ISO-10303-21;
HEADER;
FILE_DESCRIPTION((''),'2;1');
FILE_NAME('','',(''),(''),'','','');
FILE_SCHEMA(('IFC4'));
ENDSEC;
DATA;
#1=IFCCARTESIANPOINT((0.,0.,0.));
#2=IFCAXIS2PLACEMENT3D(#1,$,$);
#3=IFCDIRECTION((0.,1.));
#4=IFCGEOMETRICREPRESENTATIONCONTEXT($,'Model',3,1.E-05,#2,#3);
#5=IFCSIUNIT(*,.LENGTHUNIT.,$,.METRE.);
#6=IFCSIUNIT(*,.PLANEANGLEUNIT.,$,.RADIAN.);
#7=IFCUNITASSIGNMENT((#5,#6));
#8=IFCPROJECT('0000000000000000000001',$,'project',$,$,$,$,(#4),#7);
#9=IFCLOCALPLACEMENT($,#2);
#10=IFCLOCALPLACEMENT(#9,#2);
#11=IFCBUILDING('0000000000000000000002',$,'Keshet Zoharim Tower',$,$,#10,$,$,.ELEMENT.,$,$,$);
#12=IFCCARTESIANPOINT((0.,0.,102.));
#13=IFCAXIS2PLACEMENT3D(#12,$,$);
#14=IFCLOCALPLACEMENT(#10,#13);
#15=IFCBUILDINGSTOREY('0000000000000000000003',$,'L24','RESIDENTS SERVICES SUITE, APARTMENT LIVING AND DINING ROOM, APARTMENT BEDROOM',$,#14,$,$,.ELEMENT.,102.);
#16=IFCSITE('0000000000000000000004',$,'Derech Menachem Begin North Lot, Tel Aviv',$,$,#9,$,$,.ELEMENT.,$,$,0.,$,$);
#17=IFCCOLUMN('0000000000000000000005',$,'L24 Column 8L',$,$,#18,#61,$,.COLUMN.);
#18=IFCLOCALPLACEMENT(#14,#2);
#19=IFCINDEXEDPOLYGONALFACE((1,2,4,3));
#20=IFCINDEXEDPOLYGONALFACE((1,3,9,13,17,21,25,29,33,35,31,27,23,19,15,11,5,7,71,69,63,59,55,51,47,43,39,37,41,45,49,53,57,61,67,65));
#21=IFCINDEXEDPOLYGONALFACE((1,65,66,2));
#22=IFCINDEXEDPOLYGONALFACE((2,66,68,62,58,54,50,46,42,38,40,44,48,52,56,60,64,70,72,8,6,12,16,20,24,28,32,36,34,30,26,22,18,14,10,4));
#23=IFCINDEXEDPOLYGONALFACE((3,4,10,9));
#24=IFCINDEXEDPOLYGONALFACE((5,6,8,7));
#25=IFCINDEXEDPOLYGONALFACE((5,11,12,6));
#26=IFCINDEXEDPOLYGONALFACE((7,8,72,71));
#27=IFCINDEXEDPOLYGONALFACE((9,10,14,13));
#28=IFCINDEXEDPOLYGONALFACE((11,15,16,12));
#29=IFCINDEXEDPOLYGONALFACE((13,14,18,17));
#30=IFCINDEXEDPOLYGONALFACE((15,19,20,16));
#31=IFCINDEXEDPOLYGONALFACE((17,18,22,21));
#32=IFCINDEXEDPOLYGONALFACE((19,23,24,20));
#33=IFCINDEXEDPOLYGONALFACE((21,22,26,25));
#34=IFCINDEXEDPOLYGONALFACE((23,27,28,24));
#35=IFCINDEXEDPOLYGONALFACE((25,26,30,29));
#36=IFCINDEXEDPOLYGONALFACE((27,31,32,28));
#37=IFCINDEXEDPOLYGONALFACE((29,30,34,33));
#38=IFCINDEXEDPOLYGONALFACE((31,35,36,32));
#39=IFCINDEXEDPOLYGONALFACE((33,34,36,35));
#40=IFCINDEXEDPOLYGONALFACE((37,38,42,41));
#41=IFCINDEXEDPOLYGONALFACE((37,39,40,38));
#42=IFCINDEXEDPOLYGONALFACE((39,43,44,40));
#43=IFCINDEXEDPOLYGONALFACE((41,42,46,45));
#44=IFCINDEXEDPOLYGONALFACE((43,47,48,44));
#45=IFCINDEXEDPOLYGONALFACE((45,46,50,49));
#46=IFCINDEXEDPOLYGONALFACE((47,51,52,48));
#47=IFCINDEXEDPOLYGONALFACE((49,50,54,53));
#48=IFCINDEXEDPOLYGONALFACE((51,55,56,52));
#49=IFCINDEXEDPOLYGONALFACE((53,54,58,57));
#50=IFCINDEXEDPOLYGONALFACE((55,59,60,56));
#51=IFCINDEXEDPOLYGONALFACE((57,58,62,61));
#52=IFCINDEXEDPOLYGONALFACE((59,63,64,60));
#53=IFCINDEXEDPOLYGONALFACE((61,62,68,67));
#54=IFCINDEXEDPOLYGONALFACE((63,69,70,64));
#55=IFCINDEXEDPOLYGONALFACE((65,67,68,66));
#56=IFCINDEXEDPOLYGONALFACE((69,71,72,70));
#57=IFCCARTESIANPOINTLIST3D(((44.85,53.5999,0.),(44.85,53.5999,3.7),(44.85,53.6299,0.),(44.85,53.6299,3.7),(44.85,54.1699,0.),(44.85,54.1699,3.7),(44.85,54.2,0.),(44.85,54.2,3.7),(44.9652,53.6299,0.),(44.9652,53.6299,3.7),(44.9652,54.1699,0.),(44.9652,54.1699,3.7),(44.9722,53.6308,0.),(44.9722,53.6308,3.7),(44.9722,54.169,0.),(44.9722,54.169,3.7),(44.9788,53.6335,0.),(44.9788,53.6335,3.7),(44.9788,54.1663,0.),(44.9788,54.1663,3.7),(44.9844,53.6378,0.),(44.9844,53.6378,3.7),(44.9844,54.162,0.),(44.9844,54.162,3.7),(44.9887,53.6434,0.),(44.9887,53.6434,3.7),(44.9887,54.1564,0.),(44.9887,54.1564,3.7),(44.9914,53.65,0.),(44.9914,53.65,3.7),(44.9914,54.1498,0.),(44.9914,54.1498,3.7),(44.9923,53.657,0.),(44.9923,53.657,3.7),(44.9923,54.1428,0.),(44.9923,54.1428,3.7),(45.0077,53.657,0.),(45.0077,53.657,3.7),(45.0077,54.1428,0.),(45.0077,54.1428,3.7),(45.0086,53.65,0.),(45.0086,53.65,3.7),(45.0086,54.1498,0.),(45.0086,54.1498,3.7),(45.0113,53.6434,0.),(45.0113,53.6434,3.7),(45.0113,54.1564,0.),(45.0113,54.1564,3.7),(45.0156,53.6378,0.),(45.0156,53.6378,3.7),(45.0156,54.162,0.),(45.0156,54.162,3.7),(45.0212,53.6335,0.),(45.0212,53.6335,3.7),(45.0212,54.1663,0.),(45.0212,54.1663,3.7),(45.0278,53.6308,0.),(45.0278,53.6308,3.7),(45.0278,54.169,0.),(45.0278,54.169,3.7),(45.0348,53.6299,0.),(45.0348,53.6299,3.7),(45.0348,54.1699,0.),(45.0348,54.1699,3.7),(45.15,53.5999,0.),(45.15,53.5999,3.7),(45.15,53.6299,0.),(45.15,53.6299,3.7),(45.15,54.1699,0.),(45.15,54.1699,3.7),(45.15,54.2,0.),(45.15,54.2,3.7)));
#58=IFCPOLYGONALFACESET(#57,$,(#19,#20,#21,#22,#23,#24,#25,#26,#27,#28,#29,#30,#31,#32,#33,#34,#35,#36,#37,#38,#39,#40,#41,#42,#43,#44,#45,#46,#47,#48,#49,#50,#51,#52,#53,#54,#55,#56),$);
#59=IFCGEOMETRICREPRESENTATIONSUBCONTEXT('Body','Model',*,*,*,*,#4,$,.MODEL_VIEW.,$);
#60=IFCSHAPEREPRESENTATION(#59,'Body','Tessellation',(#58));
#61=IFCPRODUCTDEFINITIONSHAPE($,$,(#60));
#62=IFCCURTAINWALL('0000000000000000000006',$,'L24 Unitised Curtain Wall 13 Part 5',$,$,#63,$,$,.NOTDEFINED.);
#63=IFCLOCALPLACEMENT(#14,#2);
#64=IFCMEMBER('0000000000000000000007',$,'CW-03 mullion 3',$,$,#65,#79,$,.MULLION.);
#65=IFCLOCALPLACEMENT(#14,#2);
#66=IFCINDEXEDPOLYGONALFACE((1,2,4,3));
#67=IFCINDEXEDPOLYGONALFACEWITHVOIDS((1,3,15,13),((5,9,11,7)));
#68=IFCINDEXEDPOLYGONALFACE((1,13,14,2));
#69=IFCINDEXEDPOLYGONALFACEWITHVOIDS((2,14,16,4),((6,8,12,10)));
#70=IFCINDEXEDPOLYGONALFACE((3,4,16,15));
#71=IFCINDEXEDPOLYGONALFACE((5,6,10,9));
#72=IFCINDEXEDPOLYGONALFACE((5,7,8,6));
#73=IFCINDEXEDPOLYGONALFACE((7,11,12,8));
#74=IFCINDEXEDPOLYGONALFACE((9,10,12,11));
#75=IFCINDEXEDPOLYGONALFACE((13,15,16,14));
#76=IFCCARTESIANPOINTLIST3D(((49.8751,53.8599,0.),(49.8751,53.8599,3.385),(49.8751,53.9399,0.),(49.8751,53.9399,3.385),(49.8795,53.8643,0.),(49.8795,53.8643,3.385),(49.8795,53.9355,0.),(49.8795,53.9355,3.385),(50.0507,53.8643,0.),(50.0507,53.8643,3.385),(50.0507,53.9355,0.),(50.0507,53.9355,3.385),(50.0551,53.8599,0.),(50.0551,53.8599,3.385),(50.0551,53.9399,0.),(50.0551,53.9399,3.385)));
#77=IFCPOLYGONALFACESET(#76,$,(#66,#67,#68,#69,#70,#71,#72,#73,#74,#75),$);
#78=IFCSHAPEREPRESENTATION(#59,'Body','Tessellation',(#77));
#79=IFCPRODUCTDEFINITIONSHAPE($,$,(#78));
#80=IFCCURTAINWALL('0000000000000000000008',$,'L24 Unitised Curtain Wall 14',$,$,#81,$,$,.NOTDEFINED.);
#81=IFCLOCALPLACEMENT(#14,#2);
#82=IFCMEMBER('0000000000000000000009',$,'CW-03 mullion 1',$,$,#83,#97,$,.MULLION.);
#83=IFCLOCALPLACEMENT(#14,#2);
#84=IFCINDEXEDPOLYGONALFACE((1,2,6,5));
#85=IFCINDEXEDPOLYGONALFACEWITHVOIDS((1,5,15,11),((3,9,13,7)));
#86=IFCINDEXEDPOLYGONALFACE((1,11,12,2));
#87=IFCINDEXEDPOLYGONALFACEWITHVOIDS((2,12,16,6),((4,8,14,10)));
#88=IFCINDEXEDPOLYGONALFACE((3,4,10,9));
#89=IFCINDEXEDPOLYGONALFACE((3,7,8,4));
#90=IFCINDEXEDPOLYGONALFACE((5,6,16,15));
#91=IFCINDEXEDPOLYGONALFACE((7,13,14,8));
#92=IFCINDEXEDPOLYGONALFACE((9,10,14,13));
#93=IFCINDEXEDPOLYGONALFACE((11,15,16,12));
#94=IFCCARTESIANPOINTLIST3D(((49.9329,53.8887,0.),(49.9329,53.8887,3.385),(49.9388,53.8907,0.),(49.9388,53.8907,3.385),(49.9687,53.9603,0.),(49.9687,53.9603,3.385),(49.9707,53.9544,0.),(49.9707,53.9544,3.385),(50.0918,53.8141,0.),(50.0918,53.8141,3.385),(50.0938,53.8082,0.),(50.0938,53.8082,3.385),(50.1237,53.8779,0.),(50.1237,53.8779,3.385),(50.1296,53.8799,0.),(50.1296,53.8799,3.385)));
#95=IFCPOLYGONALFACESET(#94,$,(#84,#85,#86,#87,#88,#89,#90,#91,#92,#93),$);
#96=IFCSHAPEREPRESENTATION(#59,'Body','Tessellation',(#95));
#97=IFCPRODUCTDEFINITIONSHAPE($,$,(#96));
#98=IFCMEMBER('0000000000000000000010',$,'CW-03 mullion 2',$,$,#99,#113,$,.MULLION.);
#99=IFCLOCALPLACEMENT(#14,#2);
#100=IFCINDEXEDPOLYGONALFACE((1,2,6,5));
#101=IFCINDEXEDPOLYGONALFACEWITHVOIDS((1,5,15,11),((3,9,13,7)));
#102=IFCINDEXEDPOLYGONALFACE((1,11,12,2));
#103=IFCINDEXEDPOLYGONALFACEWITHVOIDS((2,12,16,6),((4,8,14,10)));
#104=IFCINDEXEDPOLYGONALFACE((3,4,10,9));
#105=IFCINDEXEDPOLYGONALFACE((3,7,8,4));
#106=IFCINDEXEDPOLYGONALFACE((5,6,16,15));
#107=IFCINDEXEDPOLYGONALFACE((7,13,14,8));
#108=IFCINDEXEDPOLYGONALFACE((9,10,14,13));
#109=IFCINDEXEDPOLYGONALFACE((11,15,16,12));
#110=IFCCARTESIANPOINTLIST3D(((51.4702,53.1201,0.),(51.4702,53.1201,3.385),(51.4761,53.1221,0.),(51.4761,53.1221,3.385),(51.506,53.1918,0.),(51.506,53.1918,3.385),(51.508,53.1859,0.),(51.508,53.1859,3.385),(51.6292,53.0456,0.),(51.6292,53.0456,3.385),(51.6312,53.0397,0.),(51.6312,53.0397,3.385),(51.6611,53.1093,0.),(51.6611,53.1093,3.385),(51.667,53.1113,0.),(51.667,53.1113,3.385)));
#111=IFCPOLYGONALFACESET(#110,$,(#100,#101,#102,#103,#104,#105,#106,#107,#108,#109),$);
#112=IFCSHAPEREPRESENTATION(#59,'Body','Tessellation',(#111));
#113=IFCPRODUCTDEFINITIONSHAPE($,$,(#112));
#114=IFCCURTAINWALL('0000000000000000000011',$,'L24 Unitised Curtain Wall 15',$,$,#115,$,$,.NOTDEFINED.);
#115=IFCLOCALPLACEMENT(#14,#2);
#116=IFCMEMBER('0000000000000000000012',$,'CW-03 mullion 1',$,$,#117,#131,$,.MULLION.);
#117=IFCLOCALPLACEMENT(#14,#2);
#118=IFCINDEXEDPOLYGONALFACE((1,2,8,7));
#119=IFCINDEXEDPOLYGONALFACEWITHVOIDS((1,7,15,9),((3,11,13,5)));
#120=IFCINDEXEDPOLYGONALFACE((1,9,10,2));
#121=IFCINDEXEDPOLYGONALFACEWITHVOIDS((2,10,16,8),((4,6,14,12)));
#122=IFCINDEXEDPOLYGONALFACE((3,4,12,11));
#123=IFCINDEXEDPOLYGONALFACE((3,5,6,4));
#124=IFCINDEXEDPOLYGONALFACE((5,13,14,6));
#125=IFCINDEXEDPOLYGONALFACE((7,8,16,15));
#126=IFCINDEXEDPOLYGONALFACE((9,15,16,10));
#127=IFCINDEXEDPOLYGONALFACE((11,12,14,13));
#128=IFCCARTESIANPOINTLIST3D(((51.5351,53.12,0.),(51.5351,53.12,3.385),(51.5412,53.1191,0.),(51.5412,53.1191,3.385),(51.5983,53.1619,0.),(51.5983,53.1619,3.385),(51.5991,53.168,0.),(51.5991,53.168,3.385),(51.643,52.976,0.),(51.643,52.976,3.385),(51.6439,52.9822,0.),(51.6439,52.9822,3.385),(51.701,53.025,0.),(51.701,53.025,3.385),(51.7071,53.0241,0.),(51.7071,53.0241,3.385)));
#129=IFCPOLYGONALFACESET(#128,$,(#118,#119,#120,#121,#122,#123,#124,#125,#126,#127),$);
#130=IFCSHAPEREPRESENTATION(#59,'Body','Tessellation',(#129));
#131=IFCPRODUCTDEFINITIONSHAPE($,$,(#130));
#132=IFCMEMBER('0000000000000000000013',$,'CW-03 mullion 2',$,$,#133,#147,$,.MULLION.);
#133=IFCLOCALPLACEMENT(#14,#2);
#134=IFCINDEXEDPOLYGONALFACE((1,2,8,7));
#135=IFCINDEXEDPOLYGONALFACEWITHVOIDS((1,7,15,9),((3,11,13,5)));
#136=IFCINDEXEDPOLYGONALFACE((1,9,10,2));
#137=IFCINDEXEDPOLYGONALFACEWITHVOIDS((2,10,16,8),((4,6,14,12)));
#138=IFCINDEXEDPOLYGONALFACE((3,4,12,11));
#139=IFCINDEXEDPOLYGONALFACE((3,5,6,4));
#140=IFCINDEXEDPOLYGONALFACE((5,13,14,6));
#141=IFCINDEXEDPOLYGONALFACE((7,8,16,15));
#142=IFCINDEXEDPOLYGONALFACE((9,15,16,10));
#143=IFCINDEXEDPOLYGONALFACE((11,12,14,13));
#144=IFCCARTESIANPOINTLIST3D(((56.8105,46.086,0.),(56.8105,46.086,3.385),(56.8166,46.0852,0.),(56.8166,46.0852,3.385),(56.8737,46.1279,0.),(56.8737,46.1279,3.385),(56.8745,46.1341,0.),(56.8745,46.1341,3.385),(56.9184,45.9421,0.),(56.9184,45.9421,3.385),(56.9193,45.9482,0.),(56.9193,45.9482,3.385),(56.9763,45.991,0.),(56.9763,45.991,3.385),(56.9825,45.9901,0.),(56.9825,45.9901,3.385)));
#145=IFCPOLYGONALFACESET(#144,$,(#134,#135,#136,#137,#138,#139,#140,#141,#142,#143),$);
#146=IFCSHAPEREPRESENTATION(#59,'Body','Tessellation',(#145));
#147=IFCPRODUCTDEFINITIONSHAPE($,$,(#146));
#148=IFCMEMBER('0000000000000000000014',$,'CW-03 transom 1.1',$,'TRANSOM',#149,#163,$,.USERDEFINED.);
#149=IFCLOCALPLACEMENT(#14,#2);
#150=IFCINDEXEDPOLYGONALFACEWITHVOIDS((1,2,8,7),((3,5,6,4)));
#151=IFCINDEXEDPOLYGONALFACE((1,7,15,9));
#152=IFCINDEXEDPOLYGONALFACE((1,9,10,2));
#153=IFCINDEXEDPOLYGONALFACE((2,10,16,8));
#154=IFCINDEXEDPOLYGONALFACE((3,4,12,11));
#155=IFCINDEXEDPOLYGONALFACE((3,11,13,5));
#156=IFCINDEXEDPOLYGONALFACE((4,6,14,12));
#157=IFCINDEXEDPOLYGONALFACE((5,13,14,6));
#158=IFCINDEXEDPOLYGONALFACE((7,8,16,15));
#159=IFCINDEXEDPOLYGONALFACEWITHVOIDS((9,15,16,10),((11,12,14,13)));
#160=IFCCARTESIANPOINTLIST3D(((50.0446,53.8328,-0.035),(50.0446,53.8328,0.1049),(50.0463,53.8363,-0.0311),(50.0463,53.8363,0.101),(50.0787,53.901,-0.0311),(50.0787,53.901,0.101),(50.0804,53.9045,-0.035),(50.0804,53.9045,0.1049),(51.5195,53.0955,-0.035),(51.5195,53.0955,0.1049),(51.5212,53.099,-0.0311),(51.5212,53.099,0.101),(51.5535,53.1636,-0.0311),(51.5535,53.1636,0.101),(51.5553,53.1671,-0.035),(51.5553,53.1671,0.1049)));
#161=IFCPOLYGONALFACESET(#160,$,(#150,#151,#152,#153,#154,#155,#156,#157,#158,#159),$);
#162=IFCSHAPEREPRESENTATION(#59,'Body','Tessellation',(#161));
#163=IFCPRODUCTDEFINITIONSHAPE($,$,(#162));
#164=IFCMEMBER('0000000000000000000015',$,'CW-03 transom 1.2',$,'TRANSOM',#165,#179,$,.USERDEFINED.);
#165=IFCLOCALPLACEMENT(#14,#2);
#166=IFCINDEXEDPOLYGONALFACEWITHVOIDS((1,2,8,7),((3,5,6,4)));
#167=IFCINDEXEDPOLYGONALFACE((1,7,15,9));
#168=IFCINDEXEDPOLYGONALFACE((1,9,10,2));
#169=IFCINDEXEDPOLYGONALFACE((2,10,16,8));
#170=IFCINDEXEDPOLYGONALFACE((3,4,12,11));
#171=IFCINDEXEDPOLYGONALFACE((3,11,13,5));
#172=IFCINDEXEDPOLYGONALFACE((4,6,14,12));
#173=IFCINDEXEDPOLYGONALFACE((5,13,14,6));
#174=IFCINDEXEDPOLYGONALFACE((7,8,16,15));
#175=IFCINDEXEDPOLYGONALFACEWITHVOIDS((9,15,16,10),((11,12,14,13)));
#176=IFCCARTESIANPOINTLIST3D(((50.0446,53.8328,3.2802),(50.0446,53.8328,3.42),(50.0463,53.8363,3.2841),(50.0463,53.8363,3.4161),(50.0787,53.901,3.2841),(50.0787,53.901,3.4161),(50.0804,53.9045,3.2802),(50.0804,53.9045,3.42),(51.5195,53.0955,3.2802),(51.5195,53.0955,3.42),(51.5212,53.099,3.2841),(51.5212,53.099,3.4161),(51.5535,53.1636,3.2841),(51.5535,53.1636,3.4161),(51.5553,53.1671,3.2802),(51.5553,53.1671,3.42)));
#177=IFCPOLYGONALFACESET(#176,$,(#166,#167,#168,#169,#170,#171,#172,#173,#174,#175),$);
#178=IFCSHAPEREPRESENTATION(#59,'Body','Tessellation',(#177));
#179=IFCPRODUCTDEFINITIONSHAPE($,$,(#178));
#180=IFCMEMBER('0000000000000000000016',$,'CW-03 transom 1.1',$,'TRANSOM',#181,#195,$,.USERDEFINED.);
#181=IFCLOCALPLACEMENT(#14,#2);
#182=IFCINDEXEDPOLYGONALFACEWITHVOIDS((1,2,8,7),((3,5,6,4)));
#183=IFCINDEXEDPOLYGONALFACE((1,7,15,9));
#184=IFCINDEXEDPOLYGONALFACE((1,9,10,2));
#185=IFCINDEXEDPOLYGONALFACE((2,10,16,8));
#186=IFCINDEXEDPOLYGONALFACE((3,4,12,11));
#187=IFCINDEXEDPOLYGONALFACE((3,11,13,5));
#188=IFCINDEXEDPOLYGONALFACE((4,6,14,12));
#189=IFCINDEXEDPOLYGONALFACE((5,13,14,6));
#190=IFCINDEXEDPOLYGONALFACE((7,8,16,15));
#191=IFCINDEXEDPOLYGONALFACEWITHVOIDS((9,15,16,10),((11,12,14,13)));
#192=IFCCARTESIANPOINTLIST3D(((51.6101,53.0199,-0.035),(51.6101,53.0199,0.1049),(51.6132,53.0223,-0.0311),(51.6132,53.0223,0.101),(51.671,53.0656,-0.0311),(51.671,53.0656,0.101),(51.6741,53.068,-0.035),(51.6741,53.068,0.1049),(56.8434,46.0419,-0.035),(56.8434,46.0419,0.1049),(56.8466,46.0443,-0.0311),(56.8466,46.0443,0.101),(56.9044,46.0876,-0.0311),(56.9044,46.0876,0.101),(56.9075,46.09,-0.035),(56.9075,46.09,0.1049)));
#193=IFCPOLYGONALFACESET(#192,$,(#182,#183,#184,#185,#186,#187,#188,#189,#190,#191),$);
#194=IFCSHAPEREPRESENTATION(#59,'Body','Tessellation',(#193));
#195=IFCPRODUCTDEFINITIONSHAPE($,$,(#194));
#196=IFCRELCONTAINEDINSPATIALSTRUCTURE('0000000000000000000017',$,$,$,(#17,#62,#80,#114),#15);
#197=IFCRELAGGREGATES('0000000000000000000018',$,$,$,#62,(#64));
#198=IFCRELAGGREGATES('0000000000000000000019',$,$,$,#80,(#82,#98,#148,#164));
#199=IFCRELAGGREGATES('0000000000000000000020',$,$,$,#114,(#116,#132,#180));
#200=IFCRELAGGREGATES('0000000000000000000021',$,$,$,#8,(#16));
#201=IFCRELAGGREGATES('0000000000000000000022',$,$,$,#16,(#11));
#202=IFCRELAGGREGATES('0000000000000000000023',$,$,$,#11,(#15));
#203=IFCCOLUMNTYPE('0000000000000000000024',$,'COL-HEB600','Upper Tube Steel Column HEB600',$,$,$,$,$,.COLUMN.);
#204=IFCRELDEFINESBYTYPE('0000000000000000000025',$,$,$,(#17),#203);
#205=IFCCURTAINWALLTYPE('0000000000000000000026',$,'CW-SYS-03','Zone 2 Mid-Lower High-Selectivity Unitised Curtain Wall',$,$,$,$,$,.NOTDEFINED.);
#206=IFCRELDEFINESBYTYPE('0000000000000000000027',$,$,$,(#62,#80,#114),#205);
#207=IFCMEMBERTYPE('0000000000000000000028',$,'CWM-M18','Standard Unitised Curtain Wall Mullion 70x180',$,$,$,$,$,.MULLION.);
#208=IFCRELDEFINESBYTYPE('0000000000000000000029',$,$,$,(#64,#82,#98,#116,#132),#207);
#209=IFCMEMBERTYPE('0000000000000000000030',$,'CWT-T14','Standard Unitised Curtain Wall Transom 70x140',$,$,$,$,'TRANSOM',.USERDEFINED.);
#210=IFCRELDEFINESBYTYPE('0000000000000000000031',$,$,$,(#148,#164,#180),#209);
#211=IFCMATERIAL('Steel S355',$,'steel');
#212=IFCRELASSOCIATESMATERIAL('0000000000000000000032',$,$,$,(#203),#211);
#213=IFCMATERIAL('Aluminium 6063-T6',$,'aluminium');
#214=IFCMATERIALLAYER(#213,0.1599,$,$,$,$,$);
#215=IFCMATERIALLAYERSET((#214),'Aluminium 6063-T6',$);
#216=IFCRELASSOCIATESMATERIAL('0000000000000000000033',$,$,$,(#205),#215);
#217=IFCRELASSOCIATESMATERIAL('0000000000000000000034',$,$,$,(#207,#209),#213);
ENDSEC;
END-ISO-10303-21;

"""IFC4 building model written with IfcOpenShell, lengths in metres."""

from ifc_helpers import new_model, si_unit, direction, frame, origin, origin_2d, place, context, subcontext, project, spatial, hollow_rectangle, i_section, extrude, material, layer, layer_set, material_profile, profile_set, type_object, element, aggregate, save


model = new_model("IFC4")

# Units and contexts
model_context = context("Model", 3, precision=1e-05, world=origin(), true_north=direction((0.0, 1.0)))
body_context = subcontext(model_context, "Body", "Model", "MODEL_VIEW")
ifc_project = project(units=[si_unit("LENGTHUNIT", "METRE"), si_unit("PLANEANGLEUNIT", "RADIAN")], contexts=[model_context])

# Site, building, storey
site_placement = place(None, origin())
site = spatial("IfcSite", under=ifc_project, at=site_placement, Name="Derech Menachem Begin North Lot, Tel Aviv", CompositionType="ELEMENT", RefElevation=0.0)
building_placement = place(site_placement, origin())
building = spatial("IfcBuilding", under=site, at=building_placement, Name="Keshet Zoharim Tower", CompositionType="ELEMENT")
storey_placement = place(building_placement, frame((0.0, 0.0, 102.0)))
storey = spatial("IfcBuildingStorey", under=building, at=storey_placement, Name="L24", Description="RESIDENTS SERVICES SUITE, APARTMENT LIVING AND DINING ROOM, APARTMENT BEDROOM", CompositionType="ELEMENT", Elevation=102.0)

# Column
ifc_material_1 = material(Name="Steel S355", Category="steel")
ifc_material_profile_1 = material_profile(ifc_material_1, i_section(OverallWidth=0.3, OverallDepth=0.6001, WebThickness=0.0154, FlangeThickness=0.03, FilletRadius=0.0271, at=origin_2d()), Name="HEB600")
ifc_profile_set_1 = profile_set([ifc_material_profile_1], Name="Steel S355")
column_type = type_object("IfcColumnType", Name="COL-HEB600", Description="Upper Tube Steel Column HEB600", PredefinedType="COLUMN", material=ifc_profile_set_1)
column_placement = place(storey_placement, frame((45.0, 53.8999, 0.0), z_axis=(0.0, 0.0, 1.0), x_axis=(1.0, 0.0, 0.0)))
element("IfcColumn", 1, at=column_placement, inside=storey, type_object=column_type, Name="L24 Column 8L", PredefinedType="COLUMN", context=body_context, shape_type="SweptSolid", body=[
    extrude(i_section(OverallWidth=0.3, OverallDepth=0.6001, WebThickness=0.0154, FlangeThickness=0.03, FilletRadius=0.0271, at=origin_2d()), origin(), (0.0, 0.0, 1.0), 3.7),
])

# Curtain wall, member
ifc_material_2 = material(Name="Aluminium 6063-T6", Category="aluminium")
ifc_layer_1 = layer(ifc_material_2, 0.1599)
ifc_layer_set_1 = layer_set([ifc_layer_1], Name="Aluminium 6063-T6")
curtain_wall_type = type_object("IfcCurtainWallType", Name="CW-SYS-03", Description="Zone 2 Mid-Lower High-Selectivity Unitised Curtain Wall", PredefinedType="NOTDEFINED", material=ifc_layer_set_1)
curtain_wall_1_placement = place(storey_placement, origin())
curtain_wall_1 = element("IfcCurtainWall", 2, at=curtain_wall_1_placement, inside=storey, type_object=curtain_wall_type, Name="L24 Unitised Curtain Wall 13 Part 5", PredefinedType="NOTDEFINED")
ifc_material_profile_2 = material_profile(ifc_material_2, hollow_rectangle(XDim=0.0801, YDim=0.1799, WallThickness=0.0044, at=origin_2d()), Name="MUL-80x180")
ifc_profile_set_2 = profile_set([ifc_material_profile_2], Name="Aluminium 6063-T6")
member_type_1 = type_object("IfcMemberType", Name="CWM-M18", Description="Standard Unitised Curtain Wall Mullion 70x180", PredefinedType="MULLION", material=ifc_profile_set_2)
member_1_placement = place(storey_placement, frame((49.9651, 53.8999, 0.0), z_axis=(0.0, 0.0, 1.0), x_axis=(0.0, 1.0, 0.0)))
member_1 = element("IfcMember", 3, at=member_1_placement, type_object=member_type_1, Name="CW-03 mullion 3", PredefinedType="MULLION", context=body_context, shape_type="SweptSolid", body=[
    extrude(hollow_rectangle(XDim=0.0801, YDim=0.1799, WallThickness=0.0044, at=origin_2d()), origin(), (0.0, 0.0, 1.0), 3.385),
])

# Curtain walls, members
curtain_wall_2_placement = place(storey_placement, origin())
curtain_wall_2 = element("IfcCurtainWall", 4, at=curtain_wall_2_placement, inside=storey, type_object=curtain_wall_type, Name="L24 Unitised Curtain Wall 14", PredefinedType="NOTDEFINED")
member_2_placement = place(storey_placement, frame((50.0312, 53.8843, 0.0), z_axis=(0.0, 0.0, 1.0), x_axis=(0.447214, 0.894427, 0.0)))
member_2 = element("IfcMember", 5, at=member_2_placement, type_object=member_type_1, Name="CW-03 mullion 1", PredefinedType="MULLION", context=body_context, shape_type="SweptSolid", body=[
    extrude(hollow_rectangle(XDim=0.0801, YDim=0.1799, WallThickness=0.0044, at=origin_2d()), origin(), (0.0, 0.0, 1.0), 3.385),
])
member_3_placement = place(storey_placement, frame((51.5686, 53.1157, 0.0), z_axis=(0.0, 0.0, 1.0), x_axis=(0.447214, 0.894427, 0.0)))
member_3 = element("IfcMember", 6, at=member_3_placement, type_object=member_type_1, Name="CW-03 mullion 2", PredefinedType="MULLION", context=body_context, shape_type="SweptSolid", body=[
    extrude(hollow_rectangle(XDim=0.0801, YDim=0.1799, WallThickness=0.0044, at=origin_2d()), origin(), (0.0, 0.0, 1.0), 3.385),
])
curtain_wall_3_placement = place(storey_placement, origin())
curtain_wall_3 = element("IfcCurtainWall", 7, at=curtain_wall_3_placement, inside=storey, type_object=curtain_wall_type, Name="L24 Unitised Curtain Wall 15", PredefinedType="NOTDEFINED")
member_4_placement = place(storey_placement, frame((51.6211, 53.072, 0.0), z_axis=(0.0, 0.0, 1.0), x_axis=(0.8, 0.6, 0.0)))
member_4 = element("IfcMember", 8, at=member_4_placement, type_object=member_type_1, Name="CW-03 mullion 1", PredefinedType="MULLION", context=body_context, shape_type="SweptSolid", body=[
    extrude(hollow_rectangle(XDim=0.0801, YDim=0.1799, WallThickness=0.0044, at=origin_2d()), origin(), (0.0, 0.0, 1.0), 3.385),
])
member_5_placement = place(storey_placement, frame((56.8965, 46.0381, 0.0), z_axis=(0.0, 0.0, 1.0), x_axis=(0.8, 0.6, 0.0)))
member_5 = element("IfcMember", 9, at=member_5_placement, type_object=member_type_1, Name="CW-03 mullion 2", PredefinedType="MULLION", context=body_context, shape_type="SweptSolid", body=[
    extrude(hollow_rectangle(XDim=0.0801, YDim=0.1799, WallThickness=0.0044, at=origin_2d()), origin(), (0.0, 0.0, 1.0), 3.385),
])

# Members
ifc_material_profile_3 = material_profile(ifc_material_2, hollow_rectangle(XDim=0.0801, YDim=0.1399, WallThickness=0.0039, at=origin_2d()), Name="TRN-80x140")
ifc_profile_set_3 = profile_set([ifc_material_profile_3], Name="Aluminium 6063-T6")
member_type_2 = type_object("IfcMemberType", Name="CWT-T14", Description="Standard Unitised Curtain Wall Transom 70x140", ElementType="TRANSOM", PredefinedType="USERDEFINED", material=ifc_profile_set_3)
member_6_placement = place(storey_placement, frame((50.0625, 53.8687, 0.0349), z_axis=(0.894457, -0.447154, 0.0), x_axis=(0.447154, 0.894457, 0.0)))
member_6 = element("IfcMember", 10, at=member_6_placement, type_object=member_type_2, Name="CW-03 transom 1.1", ObjectType="TRANSOM", PredefinedType="USERDEFINED", context=body_context, shape_type="SweptSolid", body=[
    extrude(hollow_rectangle(XDim=0.0801, YDim=0.1399, WallThickness=0.0039, at=origin_2d()), origin(), (0.0, 0.0, 1.0), 1.6489),
])
member_7_placement = place(storey_placement, frame((50.0625, 53.8687, 3.3501), z_axis=(0.894457, -0.447154, 0.0), x_axis=(0.447154, 0.894457, 0.0)))
member_7 = element("IfcMember", 11, at=member_7_placement, type_object=member_type_2, Name="CW-03 transom 1.2", ObjectType="TRANSOM", PredefinedType="USERDEFINED", context=body_context, shape_type="SweptSolid", body=[
    extrude(hollow_rectangle(XDim=0.0801, YDim=0.1399, WallThickness=0.0039, at=origin_2d()), origin(), (0.0, 0.0, 1.0), 1.6489),
])
member_8_placement = place(storey_placement, frame((51.6421, 53.0439, 0.0349), z_axis=(0.599991, -0.800007, 0.0), x_axis=(0.800007, 0.599991, 0.0)))
member_8 = element("IfcMember", 12, at=member_8_placement, type_object=member_type_2, Name="CW-03 transom 1.1", ObjectType="TRANSOM", PredefinedType="USERDEFINED", context=body_context, shape_type="SweptSolid", body=[
    extrude(hollow_rectangle(XDim=0.0801, YDim=0.1399, WallThickness=0.0039, at=origin_2d()), origin(), (0.0, 0.0, 1.0), 8.7224),
])

aggregate(curtain_wall_1, [member_1])
aggregate(curtain_wall_2, [member_2, member_3, member_6, member_7])
aggregate(curtain_wall_3, [member_4, member_5, member_8])

save(model, "model.ifc")
